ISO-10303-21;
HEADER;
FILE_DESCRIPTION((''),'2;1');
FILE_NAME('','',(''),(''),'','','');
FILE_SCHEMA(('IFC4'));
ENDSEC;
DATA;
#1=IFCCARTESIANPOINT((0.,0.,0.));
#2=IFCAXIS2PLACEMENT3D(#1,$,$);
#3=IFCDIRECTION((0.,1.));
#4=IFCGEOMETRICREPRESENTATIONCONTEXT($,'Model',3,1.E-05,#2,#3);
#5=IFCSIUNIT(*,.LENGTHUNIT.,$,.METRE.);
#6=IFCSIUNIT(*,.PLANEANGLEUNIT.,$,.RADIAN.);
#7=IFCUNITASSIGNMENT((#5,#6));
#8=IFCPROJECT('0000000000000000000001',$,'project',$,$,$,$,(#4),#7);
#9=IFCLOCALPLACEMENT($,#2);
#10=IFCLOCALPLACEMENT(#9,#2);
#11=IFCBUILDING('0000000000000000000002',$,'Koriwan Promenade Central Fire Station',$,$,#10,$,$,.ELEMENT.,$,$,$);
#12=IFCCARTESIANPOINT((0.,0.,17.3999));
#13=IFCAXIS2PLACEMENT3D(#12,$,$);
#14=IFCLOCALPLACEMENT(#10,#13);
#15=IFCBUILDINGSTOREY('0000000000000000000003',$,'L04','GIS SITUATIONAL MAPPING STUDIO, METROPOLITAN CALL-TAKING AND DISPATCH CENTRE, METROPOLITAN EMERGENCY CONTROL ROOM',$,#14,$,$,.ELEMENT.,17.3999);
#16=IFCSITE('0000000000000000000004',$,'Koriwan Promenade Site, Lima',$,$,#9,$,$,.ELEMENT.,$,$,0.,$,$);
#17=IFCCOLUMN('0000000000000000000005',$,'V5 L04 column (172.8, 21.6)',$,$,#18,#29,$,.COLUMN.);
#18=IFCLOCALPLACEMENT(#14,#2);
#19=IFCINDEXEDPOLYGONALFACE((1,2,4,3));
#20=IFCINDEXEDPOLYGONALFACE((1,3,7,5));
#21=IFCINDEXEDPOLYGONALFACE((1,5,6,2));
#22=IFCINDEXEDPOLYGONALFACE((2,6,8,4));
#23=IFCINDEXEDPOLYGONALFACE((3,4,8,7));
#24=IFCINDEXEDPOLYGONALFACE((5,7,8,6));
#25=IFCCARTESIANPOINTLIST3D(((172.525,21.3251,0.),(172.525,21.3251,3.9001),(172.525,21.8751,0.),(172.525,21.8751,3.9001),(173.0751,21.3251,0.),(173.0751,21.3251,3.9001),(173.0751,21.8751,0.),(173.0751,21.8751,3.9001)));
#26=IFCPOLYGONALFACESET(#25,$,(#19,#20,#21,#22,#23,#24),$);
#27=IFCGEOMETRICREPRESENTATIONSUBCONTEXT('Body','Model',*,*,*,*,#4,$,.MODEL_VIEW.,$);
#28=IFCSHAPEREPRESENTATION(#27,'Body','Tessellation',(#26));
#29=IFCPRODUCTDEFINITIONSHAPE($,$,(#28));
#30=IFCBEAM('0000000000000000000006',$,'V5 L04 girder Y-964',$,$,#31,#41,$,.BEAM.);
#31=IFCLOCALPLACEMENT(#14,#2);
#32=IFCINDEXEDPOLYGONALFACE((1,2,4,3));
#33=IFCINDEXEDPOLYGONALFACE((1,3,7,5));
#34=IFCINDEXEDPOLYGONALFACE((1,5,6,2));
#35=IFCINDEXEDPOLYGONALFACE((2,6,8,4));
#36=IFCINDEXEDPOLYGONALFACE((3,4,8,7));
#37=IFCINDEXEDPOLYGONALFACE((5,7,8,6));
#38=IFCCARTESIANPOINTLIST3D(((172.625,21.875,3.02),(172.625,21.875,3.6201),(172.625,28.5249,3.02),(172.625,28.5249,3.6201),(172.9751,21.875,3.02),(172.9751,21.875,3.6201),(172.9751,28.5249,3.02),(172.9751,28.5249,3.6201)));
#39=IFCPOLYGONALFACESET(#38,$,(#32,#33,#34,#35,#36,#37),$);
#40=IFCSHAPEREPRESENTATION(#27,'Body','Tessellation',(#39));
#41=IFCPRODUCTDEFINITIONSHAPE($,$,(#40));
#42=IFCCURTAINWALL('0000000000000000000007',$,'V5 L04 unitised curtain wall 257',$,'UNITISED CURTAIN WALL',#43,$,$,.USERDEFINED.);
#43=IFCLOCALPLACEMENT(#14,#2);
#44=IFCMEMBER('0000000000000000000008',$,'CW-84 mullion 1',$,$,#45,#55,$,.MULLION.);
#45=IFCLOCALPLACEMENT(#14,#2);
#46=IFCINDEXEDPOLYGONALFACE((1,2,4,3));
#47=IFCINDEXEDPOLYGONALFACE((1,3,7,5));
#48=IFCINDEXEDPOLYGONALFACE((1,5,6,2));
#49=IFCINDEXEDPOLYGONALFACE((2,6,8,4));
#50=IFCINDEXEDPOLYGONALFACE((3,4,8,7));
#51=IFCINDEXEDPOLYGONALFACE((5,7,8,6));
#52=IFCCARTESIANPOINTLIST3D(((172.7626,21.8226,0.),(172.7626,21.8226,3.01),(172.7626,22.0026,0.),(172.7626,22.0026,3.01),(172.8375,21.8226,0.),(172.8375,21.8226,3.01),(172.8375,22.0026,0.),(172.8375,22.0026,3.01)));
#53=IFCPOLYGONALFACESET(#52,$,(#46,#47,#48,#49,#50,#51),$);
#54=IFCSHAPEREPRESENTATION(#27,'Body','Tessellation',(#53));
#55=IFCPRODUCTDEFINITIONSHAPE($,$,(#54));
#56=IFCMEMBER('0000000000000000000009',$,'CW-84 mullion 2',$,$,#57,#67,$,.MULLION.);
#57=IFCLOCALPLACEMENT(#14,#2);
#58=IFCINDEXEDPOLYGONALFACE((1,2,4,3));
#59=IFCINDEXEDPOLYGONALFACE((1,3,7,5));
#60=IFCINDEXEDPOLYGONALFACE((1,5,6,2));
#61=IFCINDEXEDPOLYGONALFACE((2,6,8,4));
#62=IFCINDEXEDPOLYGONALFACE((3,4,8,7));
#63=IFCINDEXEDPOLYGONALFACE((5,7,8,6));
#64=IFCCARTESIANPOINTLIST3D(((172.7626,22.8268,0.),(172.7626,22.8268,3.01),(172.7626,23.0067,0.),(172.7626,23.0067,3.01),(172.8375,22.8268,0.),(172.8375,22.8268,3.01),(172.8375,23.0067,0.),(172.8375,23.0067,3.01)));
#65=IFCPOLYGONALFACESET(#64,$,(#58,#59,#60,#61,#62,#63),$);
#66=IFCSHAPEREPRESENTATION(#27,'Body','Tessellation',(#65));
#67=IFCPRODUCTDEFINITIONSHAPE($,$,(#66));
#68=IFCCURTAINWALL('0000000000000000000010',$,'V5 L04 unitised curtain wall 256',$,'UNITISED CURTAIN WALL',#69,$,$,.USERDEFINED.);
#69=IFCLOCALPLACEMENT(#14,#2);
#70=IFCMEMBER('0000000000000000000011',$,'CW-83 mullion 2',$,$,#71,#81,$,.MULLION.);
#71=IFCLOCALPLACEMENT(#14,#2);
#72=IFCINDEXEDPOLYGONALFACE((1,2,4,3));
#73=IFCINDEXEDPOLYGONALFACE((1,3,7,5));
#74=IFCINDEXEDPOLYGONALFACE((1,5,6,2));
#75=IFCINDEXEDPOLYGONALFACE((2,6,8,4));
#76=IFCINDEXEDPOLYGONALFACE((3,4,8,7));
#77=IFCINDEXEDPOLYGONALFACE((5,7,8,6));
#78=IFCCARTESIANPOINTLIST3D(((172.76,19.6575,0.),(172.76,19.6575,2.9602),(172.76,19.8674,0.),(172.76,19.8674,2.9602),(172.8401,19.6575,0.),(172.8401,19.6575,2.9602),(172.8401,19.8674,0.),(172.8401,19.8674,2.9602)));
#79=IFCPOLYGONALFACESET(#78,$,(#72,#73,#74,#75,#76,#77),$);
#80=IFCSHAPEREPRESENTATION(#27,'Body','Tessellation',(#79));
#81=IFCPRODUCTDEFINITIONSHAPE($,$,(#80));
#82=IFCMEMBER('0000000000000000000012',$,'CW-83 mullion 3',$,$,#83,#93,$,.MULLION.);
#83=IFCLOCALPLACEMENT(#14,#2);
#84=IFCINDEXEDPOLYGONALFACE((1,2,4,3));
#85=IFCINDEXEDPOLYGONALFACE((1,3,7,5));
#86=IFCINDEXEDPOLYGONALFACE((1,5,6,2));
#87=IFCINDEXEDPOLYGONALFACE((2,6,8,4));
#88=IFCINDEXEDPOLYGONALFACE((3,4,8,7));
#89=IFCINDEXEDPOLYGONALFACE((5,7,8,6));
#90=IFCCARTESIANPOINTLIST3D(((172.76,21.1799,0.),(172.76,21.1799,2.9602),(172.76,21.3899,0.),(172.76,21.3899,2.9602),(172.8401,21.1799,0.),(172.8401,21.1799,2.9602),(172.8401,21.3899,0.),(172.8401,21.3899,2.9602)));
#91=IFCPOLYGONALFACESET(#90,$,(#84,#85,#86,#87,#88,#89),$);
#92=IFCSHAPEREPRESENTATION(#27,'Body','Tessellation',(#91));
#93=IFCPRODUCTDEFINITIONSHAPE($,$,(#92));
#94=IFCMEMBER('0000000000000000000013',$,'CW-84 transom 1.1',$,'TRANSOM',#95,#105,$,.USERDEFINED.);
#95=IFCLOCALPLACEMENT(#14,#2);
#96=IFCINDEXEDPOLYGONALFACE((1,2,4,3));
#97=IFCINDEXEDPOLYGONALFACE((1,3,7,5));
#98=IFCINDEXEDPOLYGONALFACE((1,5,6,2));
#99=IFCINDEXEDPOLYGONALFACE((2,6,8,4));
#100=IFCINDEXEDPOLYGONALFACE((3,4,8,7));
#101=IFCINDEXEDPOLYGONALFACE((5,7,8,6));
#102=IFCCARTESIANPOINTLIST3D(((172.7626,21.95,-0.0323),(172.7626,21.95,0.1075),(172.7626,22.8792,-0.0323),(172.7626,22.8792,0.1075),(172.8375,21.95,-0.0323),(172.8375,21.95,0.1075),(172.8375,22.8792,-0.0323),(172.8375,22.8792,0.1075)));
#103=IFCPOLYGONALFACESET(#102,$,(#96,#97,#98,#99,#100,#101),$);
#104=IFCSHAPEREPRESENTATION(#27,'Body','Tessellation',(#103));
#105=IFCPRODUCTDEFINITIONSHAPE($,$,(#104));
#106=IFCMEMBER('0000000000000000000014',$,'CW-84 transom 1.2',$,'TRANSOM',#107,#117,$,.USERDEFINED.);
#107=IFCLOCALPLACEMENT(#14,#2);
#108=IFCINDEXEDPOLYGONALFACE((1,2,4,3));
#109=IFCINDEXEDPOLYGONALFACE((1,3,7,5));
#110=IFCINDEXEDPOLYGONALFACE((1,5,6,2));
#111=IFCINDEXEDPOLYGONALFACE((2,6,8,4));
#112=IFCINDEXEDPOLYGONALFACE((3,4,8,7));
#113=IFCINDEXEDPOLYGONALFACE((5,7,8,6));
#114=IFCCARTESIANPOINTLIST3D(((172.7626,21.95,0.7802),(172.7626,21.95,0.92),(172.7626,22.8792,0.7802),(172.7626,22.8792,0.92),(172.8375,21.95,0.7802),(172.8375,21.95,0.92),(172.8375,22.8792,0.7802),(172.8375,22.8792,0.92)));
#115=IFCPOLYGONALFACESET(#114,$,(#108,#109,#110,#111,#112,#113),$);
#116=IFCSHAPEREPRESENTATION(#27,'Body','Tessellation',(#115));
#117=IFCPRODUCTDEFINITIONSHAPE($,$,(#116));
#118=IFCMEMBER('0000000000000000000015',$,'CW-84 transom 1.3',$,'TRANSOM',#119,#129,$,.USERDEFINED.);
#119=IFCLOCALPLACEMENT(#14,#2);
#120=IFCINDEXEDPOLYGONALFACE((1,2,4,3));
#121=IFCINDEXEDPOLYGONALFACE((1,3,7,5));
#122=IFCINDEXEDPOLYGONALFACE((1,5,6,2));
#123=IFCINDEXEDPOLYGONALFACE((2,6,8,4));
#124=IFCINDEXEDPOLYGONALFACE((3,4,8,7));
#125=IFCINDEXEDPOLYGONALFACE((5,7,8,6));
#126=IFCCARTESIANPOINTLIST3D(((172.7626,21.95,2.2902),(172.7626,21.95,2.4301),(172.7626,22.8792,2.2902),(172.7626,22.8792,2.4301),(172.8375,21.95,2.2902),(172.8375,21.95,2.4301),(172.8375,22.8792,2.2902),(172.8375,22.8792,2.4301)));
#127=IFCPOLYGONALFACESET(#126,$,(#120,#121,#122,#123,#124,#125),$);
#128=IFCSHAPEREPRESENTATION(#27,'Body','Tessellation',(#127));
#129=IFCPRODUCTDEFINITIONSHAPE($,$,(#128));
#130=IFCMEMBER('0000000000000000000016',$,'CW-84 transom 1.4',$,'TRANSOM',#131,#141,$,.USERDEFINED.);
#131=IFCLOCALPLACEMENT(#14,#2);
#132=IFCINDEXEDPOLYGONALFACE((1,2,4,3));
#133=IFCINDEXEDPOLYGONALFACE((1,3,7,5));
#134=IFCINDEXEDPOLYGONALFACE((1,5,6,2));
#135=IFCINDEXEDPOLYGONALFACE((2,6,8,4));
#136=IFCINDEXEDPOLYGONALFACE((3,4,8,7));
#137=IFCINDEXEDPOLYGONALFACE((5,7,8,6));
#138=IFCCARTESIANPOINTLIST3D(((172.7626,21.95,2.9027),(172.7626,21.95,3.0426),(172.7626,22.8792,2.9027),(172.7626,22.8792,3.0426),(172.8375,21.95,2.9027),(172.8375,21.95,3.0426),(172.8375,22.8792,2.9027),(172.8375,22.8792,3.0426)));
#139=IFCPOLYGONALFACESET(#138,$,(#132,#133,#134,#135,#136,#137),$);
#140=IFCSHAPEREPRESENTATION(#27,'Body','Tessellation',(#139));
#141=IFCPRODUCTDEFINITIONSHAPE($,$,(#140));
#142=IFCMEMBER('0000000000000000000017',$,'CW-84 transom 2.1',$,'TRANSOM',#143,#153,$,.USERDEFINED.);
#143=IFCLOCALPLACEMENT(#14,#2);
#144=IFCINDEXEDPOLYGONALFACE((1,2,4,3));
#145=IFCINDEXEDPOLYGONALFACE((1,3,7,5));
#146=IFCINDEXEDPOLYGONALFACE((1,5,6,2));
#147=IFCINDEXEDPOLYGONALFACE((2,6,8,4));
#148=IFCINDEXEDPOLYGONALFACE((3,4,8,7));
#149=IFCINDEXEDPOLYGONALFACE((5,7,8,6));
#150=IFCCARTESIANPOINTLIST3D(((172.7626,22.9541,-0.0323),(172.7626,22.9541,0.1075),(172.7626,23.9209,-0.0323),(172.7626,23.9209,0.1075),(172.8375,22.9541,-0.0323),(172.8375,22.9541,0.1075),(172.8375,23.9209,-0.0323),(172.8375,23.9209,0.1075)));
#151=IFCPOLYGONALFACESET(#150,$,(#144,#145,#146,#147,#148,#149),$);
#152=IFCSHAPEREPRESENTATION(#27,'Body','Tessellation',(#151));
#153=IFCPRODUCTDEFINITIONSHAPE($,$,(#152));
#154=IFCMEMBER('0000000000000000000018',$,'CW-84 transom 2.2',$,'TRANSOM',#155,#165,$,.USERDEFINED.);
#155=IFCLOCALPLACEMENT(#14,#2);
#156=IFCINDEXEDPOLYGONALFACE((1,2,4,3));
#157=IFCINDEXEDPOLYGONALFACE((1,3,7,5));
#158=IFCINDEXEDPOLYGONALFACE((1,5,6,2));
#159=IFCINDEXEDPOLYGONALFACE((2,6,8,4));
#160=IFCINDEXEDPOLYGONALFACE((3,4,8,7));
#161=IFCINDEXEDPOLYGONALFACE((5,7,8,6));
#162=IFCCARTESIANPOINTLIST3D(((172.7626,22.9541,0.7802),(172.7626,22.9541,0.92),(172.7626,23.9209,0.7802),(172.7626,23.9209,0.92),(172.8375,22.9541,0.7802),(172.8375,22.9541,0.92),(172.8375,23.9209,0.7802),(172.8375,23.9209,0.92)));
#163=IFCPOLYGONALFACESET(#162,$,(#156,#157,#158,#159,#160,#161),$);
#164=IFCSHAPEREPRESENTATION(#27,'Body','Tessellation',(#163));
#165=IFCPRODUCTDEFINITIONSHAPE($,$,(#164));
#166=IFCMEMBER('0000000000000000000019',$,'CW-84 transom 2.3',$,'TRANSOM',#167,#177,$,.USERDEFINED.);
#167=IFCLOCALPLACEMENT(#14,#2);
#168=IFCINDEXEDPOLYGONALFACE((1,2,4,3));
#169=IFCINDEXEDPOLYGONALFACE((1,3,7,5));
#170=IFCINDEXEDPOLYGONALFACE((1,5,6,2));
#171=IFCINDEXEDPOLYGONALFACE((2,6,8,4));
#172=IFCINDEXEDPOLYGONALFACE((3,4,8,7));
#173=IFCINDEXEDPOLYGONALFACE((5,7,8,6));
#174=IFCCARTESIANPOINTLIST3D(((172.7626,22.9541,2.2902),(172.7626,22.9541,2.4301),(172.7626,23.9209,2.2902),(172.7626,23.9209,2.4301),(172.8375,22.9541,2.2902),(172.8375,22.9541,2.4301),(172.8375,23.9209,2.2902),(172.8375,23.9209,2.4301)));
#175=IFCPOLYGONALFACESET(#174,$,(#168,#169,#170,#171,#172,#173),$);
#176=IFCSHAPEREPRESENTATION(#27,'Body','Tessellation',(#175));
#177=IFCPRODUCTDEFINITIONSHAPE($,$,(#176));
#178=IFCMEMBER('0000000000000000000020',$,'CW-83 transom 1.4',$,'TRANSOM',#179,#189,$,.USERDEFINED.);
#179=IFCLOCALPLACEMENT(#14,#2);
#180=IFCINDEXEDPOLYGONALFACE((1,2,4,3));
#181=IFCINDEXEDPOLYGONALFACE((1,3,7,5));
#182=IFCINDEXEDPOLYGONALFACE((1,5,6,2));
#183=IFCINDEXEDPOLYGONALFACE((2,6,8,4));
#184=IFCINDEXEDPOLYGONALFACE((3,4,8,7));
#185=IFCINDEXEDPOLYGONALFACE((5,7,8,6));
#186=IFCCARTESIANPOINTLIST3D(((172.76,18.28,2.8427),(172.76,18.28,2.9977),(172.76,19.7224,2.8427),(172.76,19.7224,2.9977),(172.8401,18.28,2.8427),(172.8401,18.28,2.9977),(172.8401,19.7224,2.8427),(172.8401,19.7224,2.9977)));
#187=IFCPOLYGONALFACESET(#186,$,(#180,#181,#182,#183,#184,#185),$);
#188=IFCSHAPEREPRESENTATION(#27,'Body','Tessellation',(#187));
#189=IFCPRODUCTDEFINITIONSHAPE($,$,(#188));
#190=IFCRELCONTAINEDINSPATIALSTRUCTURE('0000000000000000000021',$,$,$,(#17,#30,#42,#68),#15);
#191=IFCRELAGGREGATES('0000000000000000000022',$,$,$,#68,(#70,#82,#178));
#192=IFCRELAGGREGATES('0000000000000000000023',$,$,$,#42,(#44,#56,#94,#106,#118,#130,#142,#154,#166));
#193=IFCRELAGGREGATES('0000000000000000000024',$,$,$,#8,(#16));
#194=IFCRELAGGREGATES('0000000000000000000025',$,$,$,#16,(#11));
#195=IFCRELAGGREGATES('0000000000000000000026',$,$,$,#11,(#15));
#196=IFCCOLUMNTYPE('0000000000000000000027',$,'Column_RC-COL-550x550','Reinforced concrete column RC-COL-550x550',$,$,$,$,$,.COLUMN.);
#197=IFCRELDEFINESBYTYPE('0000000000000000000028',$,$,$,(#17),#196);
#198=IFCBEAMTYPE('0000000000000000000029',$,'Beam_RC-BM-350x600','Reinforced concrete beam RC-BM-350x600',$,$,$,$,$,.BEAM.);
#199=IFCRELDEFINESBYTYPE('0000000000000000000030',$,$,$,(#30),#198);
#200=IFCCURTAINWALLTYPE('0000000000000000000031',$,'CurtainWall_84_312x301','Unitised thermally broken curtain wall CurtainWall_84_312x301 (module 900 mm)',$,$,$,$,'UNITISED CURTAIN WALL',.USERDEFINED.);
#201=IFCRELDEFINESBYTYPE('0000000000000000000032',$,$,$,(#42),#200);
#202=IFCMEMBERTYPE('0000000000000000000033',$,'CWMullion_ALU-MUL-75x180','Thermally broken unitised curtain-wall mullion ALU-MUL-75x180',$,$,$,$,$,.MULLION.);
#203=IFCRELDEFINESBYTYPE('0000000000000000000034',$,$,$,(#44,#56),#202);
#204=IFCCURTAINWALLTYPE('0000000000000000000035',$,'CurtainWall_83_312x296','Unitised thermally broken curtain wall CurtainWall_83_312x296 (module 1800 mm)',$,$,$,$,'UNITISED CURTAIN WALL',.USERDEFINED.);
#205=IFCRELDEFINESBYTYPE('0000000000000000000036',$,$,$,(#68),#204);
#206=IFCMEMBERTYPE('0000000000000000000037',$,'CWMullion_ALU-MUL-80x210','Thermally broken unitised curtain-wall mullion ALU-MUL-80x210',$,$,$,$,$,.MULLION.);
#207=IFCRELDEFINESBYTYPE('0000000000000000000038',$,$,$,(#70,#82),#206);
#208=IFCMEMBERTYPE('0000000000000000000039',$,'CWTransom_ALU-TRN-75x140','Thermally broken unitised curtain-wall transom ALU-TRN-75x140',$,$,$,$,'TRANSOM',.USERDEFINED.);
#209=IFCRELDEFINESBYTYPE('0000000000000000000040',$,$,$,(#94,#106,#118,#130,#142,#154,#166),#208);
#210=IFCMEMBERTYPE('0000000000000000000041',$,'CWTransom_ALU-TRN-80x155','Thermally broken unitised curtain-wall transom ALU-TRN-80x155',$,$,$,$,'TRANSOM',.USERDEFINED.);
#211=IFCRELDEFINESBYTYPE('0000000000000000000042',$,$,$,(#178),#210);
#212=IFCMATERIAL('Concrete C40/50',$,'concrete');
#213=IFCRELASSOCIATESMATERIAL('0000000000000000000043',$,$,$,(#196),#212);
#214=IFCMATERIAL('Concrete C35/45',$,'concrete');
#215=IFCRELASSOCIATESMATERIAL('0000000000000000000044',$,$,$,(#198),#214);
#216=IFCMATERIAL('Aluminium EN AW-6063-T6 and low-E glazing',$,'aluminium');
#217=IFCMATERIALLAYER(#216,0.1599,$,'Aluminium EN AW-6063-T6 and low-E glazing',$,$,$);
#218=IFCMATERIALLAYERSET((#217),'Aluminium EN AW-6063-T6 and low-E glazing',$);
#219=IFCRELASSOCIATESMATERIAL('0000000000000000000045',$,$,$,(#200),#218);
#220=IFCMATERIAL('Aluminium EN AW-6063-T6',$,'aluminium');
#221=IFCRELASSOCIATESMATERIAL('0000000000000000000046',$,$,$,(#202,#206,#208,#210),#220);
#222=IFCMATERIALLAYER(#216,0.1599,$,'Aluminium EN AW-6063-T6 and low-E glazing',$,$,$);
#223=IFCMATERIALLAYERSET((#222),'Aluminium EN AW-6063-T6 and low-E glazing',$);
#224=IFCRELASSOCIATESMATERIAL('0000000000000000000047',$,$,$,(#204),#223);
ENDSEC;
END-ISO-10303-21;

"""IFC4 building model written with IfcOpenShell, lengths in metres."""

from ifc_helpers import new_model, si_unit, direction, frame, origin, origin_2d, place, context, subcontext, project, spatial, rectangle, extrude, material, layer, layer_set, material_profile, profile_set, type_object, element, aggregate, save


model = new_model("IFC4")

# Units and contexts
model_context = context("Model", 3, precision=1e-05, world=origin(), true_north=direction((0.0, 1.0)))
body_context = subcontext(model_context, "Body", "Model", "MODEL_VIEW")
ifc_project = project(units=[si_unit("LENGTHUNIT", "METRE"), si_unit("PLANEANGLEUNIT", "RADIAN")], contexts=[model_context])

# Site, building, storey
site_placement = place(None, origin())
site = spatial("IfcSite", under=ifc_project, at=site_placement, Name="Koriwan Promenade Site, Lima", CompositionType="ELEMENT", RefElevation=0.0)
building_placement = place(site_placement, origin())
building = spatial("IfcBuilding", under=site, at=building_placement, Name="Koriwan Promenade Central Fire Station", CompositionType="ELEMENT")
storey_placement = place(building_placement, frame((0.0, 0.0, 17.3999)))
storey = spatial("IfcBuildingStorey", under=building, at=storey_placement, Name="L04", Description="GIS SITUATIONAL MAPPING STUDIO, METROPOLITAN CALL-TAKING AND DISPATCH CENTRE, METROPOLITAN EMERGENCY CONTROL ROOM", CompositionType="ELEMENT", Elevation=17.3999)

# Column
ifc_material_1 = material(Name="Concrete C40/50", Category="concrete")
ifc_material_profile_1 = material_profile(ifc_material_1, rectangle(XDim=0.55, YDim=0.55, at=origin_2d()), Name="RC-COL-550x550")
ifc_profile_set_1 = profile_set([ifc_material_profile_1], Name="Concrete C40/50")
column_type = type_object("IfcColumnType", Name="Column_RC-COL-550x550", Description="Reinforced concrete column RC-COL-550x550", PredefinedType="COLUMN", material=ifc_profile_set_1)
column_placement = place(storey_placement, frame((172.8, 21.6001, 0.0), z_axis=(0.0, 0.0, 1.0), x_axis=(1.0, 0.0, 0.0)))
element("IfcColumn", 1, at=column_placement, inside=storey, type_object=column_type, Name="V5 L04 column (172.8, 21.6)", PredefinedType="COLUMN", context=body_context, shape_type="SweptSolid", body=[
    extrude(rectangle(XDim=0.55, YDim=0.55, at=origin_2d()), origin(), (0.0, 0.0, 1.0), 3.9001),
])

# Beam
ifc_material_2 = material(Name="Concrete C35/45", Category="concrete")
ifc_material_profile_2 = material_profile(ifc_material_2, rectangle(XDim=0.3501, YDim=0.6001, at=origin_2d()), Name="RC-BM-350x600")
ifc_profile_set_2 = profile_set([ifc_material_profile_2], Name="Concrete C35/45")
beam_type = type_object("IfcBeamType", Name="Beam_RC-BM-350x600", Description="Reinforced concrete beam RC-BM-350x600", PredefinedType="BEAM", material=ifc_profile_set_2)
beam_placement = place(storey_placement, frame((172.8, 21.875, 3.3201), z_axis=(0.0, 1.0, 0.0), x_axis=(-1.0, 0.0, 0.0)))
element("IfcBeam", 2, at=beam_placement, inside=storey, type_object=beam_type, Name="V5 L04 girder Y-964", PredefinedType="BEAM", context=body_context, shape_type="SweptSolid", body=[
    extrude(rectangle(XDim=0.3501, YDim=0.6001, at=origin_2d()), origin(), (0.0, 0.0, 1.0), 6.6499),
])

# Curtain walls, members
ifc_material_3 = material(Name="Aluminium EN AW-6063-T6 and low-E glazing", Category="aluminium")
ifc_layer_1 = layer(ifc_material_3, 0.1599, Name="Aluminium EN AW-6063-T6 and low-E glazing")
ifc_layer_set_1 = layer_set([ifc_layer_1], Name="Aluminium EN AW-6063-T6 and low-E glazing")
curtain_wall_type_1 = type_object("IfcCurtainWallType", Name="CurtainWall_84_312x301", Description="Unitised thermally broken curtain wall CurtainWall_84_312x301 (module 900 mm)", ElementType="UNITISED CURTAIN WALL", PredefinedType="USERDEFINED", material=ifc_layer_set_1)
curtain_wall_1_placement = place(storey_placement, origin())
curtain_wall_1 = element("IfcCurtainWall", 3, at=curtain_wall_1_placement, inside=storey, type_object=curtain_wall_type_1, Name="V5 L04 unitised curtain wall 257", ObjectType="UNITISED CURTAIN WALL", PredefinedType="USERDEFINED")
ifc_material_4 = material(Name="Aluminium EN AW-6063-T6", Category="aluminium")
ifc_material_profile_3 = material_profile(ifc_material_4, rectangle(XDim=0.075, YDim=0.1799, at=origin_2d()), Name="ALU-MUL-75x180")
ifc_profile_set_3 = profile_set([ifc_material_profile_3], Name="Aluminium EN AW-6063-T6")
member_type_1 = type_object("IfcMemberType", Name="CWMullion_ALU-MUL-75x180", Description="Thermally broken unitised curtain-wall mullion ALU-MUL-75x180", PredefinedType="MULLION", material=ifc_profile_set_3)
member_1_placement = place(storey_placement, frame((172.8, 21.9126, 0.0), z_axis=(0.0, 0.0, 1.0), x_axis=(-1.0, 0.0, 0.0)))
member_1 = element("IfcMember", 4, at=member_1_placement, type_object=member_type_1, Name="CW-84 mullion 1", PredefinedType="MULLION", context=body_context, shape_type="SweptSolid", body=[
    extrude(rectangle(XDim=0.075, YDim=0.1799, at=origin_2d()), origin(), (0.0, 0.0, 1.0), 3.01),
])
member_2_placement = place(storey_placement, frame((172.8, 22.9167, 0.0), z_axis=(0.0, 0.0, 1.0), x_axis=(-1.0, 0.0, 0.0)))
member_2 = element("IfcMember", 5, at=member_2_placement, type_object=member_type_1, Name="CW-84 mullion 2", PredefinedType="MULLION", context=body_context, shape_type="SweptSolid", body=[
    extrude(rectangle(XDim=0.075, YDim=0.1799, at=origin_2d()), origin(), (0.0, 0.0, 1.0), 3.01),
])
ifc_layer_2 = layer(ifc_material_3, 0.1599, Name="Aluminium EN AW-6063-T6 and low-E glazing")
ifc_layer_set_2 = layer_set([ifc_layer_2], Name="Aluminium EN AW-6063-T6 and low-E glazing")
curtain_wall_type_2 = type_object("IfcCurtainWallType", Name="CurtainWall_83_312x296", Description="Unitised thermally broken curtain wall CurtainWall_83_312x296 (module 1800 mm)", ElementType="UNITISED CURTAIN WALL", PredefinedType="USERDEFINED", material=ifc_layer_set_2)
curtain_wall_2_placement = place(storey_placement, origin())
curtain_wall_2 = element("IfcCurtainWall", 6, at=curtain_wall_2_placement, inside=storey, type_object=curtain_wall_type_2, Name="V5 L04 unitised curtain wall 256", ObjectType="UNITISED CURTAIN WALL", PredefinedType="USERDEFINED")
ifc_material_profile_4 = material_profile(ifc_material_4, rectangle(XDim=0.0801, YDim=0.21, at=origin_2d()), Name="ALU-MUL-80x210")
ifc_profile_set_4 = profile_set([ifc_material_profile_4], Name="Aluminium EN AW-6063-T6")
member_type_2 = type_object("IfcMemberType", Name="CWMullion_ALU-MUL-80x210", Description="Thermally broken unitised curtain-wall mullion ALU-MUL-80x210", PredefinedType="MULLION", material=ifc_profile_set_4)
member_3_placement = place(storey_placement, frame((172.8, 19.7625, 0.0), z_axis=(0.0, 0.0, 1.0), x_axis=(-1.0, 0.0, 0.0)))
member_3 = element("IfcMember", 7, at=member_3_placement, type_object=member_type_2, Name="CW-83 mullion 2", PredefinedType="MULLION", context=body_context, shape_type="SweptSolid", body=[
    extrude(rectangle(XDim=0.0801, YDim=0.21, at=origin_2d()), origin(), (0.0, 0.0, 1.0), 2.9602),
])
member_4_placement = place(storey_placement, frame((172.8, 21.2849, 0.0), z_axis=(0.0, 0.0, 1.0), x_axis=(-1.0, 0.0, 0.0)))
member_4 = element("IfcMember", 8, at=member_4_placement, type_object=member_type_2, Name="CW-83 mullion 3", PredefinedType="MULLION", context=body_context, shape_type="SweptSolid", body=[
    extrude(rectangle(XDim=0.0801, YDim=0.21, at=origin_2d()), origin(), (0.0, 0.0, 1.0), 2.9602),
])

# Members
ifc_material_profile_5 = material_profile(ifc_material_4, rectangle(XDim=0.075, YDim=0.1399, at=origin_2d()), Name="ALU-TRN-75x140")
ifc_profile_set_5 = profile_set([ifc_material_profile_5], Name="Aluminium EN AW-6063-T6")
member_type_3 = type_object("IfcMemberType", Name="CWTransom_ALU-TRN-75x140", Description="Thermally broken unitised curtain-wall transom ALU-TRN-75x140", ElementType="TRANSOM", PredefinedType="USERDEFINED", material=ifc_profile_set_5)
member_5_placement = place(storey_placement, frame((172.8, 21.95, 0.0376), z_axis=(0.0, 1.0, 0.0), x_axis=(-1.0, 0.0, 0.0)))
member_5 = element("IfcMember", 9, at=member_5_placement, type_object=member_type_3, Name="CW-84 transom 1.1", ObjectType="TRANSOM", PredefinedType="USERDEFINED", context=body_context, shape_type="SweptSolid", body=[
    extrude(rectangle(XDim=0.075, YDim=0.1399, at=origin_2d()), origin(), (0.0, 0.0, 1.0), 0.9292),
])
member_6_placement = place(storey_placement, frame((172.8, 21.95, 0.8501), z_axis=(0.0, 1.0, 0.0), x_axis=(-1.0, 0.0, 0.0)))
member_6 = element("IfcMember", 10, at=member_6_placement, type_object=member_type_3, Name="CW-84 transom 1.2", ObjectType="TRANSOM", PredefinedType="USERDEFINED", context=body_context, shape_type="SweptSolid", body=[
    extrude(rectangle(XDim=0.075, YDim=0.1399, at=origin_2d()), origin(), (0.0, 0.0, 1.0), 0.9292),
])
member_7_placement = place(storey_placement, frame((172.8, 21.95, 2.3601), z_axis=(0.0, 1.0, 0.0), x_axis=(-1.0, 0.0, 0.0)))
member_7 = element("IfcMember", 11, at=member_7_placement, type_object=member_type_3, Name="CW-84 transom 1.3", ObjectType="TRANSOM", PredefinedType="USERDEFINED", context=body_context, shape_type="SweptSolid", body=[
    extrude(rectangle(XDim=0.075, YDim=0.1399, at=origin_2d()), origin(), (0.0, 0.0, 1.0), 0.9292),
])
member_8_placement = place(storey_placement, frame((172.8, 21.95, 2.9727), z_axis=(0.0, 1.0, 0.0), x_axis=(-1.0, 0.0, 0.0)))
member_8 = element("IfcMember", 12, at=member_8_placement, type_object=member_type_3, Name="CW-84 transom 1.4", ObjectType="TRANSOM", PredefinedType="USERDEFINED", context=body_context, shape_type="SweptSolid", body=[
    extrude(rectangle(XDim=0.075, YDim=0.1399, at=origin_2d()), origin(), (0.0, 0.0, 1.0), 0.9292),
])
member_9_placement = place(storey_placement, frame((172.8, 22.9541, 0.0376), z_axis=(0.0, 1.0, 0.0), x_axis=(-1.0, 0.0, 0.0)))
member_9 = element("IfcMember", 13, at=member_9_placement, type_object=member_type_3, Name="CW-84 transom 2.1", ObjectType="TRANSOM", PredefinedType="USERDEFINED", context=body_context, shape_type="SweptSolid", body=[
    extrude(rectangle(XDim=0.075, YDim=0.1399, at=origin_2d()), origin(), (0.0, 0.0, 1.0), 0.9668),
])
member_10_placement = place(storey_placement, frame((172.8, 22.9541, 0.8501), z_axis=(0.0, 1.0, 0.0), x_axis=(-1.0, 0.0, 0.0)))
member_10 = element("IfcMember", 14, at=member_10_placement, type_object=member_type_3, Name="CW-84 transom 2.2", ObjectType="TRANSOM", PredefinedType="USERDEFINED", context=body_context, shape_type="SweptSolid", body=[
    extrude(rectangle(XDim=0.075, YDim=0.1399, at=origin_2d()), origin(), (0.0, 0.0, 1.0), 0.9668),
])
member_11_placement = place(storey_placement, frame((172.8, 22.9541, 2.3601), z_axis=(0.0, 1.0, 0.0), x_axis=(-1.0, 0.0, 0.0)))
member_11 = element("IfcMember", 15, at=member_11_placement, type_object=member_type_3, Name="CW-84 transom 2.3", ObjectType="TRANSOM", PredefinedType="USERDEFINED", context=body_context, shape_type="SweptSolid", body=[
    extrude(rectangle(XDim=0.075, YDim=0.1399, at=origin_2d()), origin(), (0.0, 0.0, 1.0), 0.9668),
])
ifc_material_profile_6 = material_profile(ifc_material_4, rectangle(XDim=0.0801, YDim=0.155, at=origin_2d()), Name="ALU-TRN-80x155")
ifc_profile_set_6 = profile_set([ifc_material_profile_6], Name="Aluminium EN AW-6063-T6")
member_type_4 = type_object("IfcMemberType", Name="CWTransom_ALU-TRN-80x155", Description="Thermally broken unitised curtain-wall transom ALU-TRN-80x155", ElementType="TRANSOM", PredefinedType="USERDEFINED", material=ifc_profile_set_6)
member_12_placement = place(storey_placement, frame((172.8, 18.28, 2.9202), z_axis=(0.0, 1.0, 0.0), x_axis=(-1.0, 0.0, 0.0)))
member_12 = element("IfcMember", 16, at=member_12_placement, type_object=member_type_4, Name="CW-83 transom 1.4", ObjectType="TRANSOM", PredefinedType="USERDEFINED", context=body_context, shape_type="SweptSolid", body=[
    extrude(rectangle(XDim=0.0801, YDim=0.155, at=origin_2d()), origin(), (0.0, 0.0, 1.0), 1.4424),
])

aggregate(curtain_wall_2, [member_3, member_4, member_12])
aggregate(curtain_wall_1, [member_1, member_2, member_5, member_6, member_7, member_8, member_9, member_10, member_11])

save(model, "model.ifc")
